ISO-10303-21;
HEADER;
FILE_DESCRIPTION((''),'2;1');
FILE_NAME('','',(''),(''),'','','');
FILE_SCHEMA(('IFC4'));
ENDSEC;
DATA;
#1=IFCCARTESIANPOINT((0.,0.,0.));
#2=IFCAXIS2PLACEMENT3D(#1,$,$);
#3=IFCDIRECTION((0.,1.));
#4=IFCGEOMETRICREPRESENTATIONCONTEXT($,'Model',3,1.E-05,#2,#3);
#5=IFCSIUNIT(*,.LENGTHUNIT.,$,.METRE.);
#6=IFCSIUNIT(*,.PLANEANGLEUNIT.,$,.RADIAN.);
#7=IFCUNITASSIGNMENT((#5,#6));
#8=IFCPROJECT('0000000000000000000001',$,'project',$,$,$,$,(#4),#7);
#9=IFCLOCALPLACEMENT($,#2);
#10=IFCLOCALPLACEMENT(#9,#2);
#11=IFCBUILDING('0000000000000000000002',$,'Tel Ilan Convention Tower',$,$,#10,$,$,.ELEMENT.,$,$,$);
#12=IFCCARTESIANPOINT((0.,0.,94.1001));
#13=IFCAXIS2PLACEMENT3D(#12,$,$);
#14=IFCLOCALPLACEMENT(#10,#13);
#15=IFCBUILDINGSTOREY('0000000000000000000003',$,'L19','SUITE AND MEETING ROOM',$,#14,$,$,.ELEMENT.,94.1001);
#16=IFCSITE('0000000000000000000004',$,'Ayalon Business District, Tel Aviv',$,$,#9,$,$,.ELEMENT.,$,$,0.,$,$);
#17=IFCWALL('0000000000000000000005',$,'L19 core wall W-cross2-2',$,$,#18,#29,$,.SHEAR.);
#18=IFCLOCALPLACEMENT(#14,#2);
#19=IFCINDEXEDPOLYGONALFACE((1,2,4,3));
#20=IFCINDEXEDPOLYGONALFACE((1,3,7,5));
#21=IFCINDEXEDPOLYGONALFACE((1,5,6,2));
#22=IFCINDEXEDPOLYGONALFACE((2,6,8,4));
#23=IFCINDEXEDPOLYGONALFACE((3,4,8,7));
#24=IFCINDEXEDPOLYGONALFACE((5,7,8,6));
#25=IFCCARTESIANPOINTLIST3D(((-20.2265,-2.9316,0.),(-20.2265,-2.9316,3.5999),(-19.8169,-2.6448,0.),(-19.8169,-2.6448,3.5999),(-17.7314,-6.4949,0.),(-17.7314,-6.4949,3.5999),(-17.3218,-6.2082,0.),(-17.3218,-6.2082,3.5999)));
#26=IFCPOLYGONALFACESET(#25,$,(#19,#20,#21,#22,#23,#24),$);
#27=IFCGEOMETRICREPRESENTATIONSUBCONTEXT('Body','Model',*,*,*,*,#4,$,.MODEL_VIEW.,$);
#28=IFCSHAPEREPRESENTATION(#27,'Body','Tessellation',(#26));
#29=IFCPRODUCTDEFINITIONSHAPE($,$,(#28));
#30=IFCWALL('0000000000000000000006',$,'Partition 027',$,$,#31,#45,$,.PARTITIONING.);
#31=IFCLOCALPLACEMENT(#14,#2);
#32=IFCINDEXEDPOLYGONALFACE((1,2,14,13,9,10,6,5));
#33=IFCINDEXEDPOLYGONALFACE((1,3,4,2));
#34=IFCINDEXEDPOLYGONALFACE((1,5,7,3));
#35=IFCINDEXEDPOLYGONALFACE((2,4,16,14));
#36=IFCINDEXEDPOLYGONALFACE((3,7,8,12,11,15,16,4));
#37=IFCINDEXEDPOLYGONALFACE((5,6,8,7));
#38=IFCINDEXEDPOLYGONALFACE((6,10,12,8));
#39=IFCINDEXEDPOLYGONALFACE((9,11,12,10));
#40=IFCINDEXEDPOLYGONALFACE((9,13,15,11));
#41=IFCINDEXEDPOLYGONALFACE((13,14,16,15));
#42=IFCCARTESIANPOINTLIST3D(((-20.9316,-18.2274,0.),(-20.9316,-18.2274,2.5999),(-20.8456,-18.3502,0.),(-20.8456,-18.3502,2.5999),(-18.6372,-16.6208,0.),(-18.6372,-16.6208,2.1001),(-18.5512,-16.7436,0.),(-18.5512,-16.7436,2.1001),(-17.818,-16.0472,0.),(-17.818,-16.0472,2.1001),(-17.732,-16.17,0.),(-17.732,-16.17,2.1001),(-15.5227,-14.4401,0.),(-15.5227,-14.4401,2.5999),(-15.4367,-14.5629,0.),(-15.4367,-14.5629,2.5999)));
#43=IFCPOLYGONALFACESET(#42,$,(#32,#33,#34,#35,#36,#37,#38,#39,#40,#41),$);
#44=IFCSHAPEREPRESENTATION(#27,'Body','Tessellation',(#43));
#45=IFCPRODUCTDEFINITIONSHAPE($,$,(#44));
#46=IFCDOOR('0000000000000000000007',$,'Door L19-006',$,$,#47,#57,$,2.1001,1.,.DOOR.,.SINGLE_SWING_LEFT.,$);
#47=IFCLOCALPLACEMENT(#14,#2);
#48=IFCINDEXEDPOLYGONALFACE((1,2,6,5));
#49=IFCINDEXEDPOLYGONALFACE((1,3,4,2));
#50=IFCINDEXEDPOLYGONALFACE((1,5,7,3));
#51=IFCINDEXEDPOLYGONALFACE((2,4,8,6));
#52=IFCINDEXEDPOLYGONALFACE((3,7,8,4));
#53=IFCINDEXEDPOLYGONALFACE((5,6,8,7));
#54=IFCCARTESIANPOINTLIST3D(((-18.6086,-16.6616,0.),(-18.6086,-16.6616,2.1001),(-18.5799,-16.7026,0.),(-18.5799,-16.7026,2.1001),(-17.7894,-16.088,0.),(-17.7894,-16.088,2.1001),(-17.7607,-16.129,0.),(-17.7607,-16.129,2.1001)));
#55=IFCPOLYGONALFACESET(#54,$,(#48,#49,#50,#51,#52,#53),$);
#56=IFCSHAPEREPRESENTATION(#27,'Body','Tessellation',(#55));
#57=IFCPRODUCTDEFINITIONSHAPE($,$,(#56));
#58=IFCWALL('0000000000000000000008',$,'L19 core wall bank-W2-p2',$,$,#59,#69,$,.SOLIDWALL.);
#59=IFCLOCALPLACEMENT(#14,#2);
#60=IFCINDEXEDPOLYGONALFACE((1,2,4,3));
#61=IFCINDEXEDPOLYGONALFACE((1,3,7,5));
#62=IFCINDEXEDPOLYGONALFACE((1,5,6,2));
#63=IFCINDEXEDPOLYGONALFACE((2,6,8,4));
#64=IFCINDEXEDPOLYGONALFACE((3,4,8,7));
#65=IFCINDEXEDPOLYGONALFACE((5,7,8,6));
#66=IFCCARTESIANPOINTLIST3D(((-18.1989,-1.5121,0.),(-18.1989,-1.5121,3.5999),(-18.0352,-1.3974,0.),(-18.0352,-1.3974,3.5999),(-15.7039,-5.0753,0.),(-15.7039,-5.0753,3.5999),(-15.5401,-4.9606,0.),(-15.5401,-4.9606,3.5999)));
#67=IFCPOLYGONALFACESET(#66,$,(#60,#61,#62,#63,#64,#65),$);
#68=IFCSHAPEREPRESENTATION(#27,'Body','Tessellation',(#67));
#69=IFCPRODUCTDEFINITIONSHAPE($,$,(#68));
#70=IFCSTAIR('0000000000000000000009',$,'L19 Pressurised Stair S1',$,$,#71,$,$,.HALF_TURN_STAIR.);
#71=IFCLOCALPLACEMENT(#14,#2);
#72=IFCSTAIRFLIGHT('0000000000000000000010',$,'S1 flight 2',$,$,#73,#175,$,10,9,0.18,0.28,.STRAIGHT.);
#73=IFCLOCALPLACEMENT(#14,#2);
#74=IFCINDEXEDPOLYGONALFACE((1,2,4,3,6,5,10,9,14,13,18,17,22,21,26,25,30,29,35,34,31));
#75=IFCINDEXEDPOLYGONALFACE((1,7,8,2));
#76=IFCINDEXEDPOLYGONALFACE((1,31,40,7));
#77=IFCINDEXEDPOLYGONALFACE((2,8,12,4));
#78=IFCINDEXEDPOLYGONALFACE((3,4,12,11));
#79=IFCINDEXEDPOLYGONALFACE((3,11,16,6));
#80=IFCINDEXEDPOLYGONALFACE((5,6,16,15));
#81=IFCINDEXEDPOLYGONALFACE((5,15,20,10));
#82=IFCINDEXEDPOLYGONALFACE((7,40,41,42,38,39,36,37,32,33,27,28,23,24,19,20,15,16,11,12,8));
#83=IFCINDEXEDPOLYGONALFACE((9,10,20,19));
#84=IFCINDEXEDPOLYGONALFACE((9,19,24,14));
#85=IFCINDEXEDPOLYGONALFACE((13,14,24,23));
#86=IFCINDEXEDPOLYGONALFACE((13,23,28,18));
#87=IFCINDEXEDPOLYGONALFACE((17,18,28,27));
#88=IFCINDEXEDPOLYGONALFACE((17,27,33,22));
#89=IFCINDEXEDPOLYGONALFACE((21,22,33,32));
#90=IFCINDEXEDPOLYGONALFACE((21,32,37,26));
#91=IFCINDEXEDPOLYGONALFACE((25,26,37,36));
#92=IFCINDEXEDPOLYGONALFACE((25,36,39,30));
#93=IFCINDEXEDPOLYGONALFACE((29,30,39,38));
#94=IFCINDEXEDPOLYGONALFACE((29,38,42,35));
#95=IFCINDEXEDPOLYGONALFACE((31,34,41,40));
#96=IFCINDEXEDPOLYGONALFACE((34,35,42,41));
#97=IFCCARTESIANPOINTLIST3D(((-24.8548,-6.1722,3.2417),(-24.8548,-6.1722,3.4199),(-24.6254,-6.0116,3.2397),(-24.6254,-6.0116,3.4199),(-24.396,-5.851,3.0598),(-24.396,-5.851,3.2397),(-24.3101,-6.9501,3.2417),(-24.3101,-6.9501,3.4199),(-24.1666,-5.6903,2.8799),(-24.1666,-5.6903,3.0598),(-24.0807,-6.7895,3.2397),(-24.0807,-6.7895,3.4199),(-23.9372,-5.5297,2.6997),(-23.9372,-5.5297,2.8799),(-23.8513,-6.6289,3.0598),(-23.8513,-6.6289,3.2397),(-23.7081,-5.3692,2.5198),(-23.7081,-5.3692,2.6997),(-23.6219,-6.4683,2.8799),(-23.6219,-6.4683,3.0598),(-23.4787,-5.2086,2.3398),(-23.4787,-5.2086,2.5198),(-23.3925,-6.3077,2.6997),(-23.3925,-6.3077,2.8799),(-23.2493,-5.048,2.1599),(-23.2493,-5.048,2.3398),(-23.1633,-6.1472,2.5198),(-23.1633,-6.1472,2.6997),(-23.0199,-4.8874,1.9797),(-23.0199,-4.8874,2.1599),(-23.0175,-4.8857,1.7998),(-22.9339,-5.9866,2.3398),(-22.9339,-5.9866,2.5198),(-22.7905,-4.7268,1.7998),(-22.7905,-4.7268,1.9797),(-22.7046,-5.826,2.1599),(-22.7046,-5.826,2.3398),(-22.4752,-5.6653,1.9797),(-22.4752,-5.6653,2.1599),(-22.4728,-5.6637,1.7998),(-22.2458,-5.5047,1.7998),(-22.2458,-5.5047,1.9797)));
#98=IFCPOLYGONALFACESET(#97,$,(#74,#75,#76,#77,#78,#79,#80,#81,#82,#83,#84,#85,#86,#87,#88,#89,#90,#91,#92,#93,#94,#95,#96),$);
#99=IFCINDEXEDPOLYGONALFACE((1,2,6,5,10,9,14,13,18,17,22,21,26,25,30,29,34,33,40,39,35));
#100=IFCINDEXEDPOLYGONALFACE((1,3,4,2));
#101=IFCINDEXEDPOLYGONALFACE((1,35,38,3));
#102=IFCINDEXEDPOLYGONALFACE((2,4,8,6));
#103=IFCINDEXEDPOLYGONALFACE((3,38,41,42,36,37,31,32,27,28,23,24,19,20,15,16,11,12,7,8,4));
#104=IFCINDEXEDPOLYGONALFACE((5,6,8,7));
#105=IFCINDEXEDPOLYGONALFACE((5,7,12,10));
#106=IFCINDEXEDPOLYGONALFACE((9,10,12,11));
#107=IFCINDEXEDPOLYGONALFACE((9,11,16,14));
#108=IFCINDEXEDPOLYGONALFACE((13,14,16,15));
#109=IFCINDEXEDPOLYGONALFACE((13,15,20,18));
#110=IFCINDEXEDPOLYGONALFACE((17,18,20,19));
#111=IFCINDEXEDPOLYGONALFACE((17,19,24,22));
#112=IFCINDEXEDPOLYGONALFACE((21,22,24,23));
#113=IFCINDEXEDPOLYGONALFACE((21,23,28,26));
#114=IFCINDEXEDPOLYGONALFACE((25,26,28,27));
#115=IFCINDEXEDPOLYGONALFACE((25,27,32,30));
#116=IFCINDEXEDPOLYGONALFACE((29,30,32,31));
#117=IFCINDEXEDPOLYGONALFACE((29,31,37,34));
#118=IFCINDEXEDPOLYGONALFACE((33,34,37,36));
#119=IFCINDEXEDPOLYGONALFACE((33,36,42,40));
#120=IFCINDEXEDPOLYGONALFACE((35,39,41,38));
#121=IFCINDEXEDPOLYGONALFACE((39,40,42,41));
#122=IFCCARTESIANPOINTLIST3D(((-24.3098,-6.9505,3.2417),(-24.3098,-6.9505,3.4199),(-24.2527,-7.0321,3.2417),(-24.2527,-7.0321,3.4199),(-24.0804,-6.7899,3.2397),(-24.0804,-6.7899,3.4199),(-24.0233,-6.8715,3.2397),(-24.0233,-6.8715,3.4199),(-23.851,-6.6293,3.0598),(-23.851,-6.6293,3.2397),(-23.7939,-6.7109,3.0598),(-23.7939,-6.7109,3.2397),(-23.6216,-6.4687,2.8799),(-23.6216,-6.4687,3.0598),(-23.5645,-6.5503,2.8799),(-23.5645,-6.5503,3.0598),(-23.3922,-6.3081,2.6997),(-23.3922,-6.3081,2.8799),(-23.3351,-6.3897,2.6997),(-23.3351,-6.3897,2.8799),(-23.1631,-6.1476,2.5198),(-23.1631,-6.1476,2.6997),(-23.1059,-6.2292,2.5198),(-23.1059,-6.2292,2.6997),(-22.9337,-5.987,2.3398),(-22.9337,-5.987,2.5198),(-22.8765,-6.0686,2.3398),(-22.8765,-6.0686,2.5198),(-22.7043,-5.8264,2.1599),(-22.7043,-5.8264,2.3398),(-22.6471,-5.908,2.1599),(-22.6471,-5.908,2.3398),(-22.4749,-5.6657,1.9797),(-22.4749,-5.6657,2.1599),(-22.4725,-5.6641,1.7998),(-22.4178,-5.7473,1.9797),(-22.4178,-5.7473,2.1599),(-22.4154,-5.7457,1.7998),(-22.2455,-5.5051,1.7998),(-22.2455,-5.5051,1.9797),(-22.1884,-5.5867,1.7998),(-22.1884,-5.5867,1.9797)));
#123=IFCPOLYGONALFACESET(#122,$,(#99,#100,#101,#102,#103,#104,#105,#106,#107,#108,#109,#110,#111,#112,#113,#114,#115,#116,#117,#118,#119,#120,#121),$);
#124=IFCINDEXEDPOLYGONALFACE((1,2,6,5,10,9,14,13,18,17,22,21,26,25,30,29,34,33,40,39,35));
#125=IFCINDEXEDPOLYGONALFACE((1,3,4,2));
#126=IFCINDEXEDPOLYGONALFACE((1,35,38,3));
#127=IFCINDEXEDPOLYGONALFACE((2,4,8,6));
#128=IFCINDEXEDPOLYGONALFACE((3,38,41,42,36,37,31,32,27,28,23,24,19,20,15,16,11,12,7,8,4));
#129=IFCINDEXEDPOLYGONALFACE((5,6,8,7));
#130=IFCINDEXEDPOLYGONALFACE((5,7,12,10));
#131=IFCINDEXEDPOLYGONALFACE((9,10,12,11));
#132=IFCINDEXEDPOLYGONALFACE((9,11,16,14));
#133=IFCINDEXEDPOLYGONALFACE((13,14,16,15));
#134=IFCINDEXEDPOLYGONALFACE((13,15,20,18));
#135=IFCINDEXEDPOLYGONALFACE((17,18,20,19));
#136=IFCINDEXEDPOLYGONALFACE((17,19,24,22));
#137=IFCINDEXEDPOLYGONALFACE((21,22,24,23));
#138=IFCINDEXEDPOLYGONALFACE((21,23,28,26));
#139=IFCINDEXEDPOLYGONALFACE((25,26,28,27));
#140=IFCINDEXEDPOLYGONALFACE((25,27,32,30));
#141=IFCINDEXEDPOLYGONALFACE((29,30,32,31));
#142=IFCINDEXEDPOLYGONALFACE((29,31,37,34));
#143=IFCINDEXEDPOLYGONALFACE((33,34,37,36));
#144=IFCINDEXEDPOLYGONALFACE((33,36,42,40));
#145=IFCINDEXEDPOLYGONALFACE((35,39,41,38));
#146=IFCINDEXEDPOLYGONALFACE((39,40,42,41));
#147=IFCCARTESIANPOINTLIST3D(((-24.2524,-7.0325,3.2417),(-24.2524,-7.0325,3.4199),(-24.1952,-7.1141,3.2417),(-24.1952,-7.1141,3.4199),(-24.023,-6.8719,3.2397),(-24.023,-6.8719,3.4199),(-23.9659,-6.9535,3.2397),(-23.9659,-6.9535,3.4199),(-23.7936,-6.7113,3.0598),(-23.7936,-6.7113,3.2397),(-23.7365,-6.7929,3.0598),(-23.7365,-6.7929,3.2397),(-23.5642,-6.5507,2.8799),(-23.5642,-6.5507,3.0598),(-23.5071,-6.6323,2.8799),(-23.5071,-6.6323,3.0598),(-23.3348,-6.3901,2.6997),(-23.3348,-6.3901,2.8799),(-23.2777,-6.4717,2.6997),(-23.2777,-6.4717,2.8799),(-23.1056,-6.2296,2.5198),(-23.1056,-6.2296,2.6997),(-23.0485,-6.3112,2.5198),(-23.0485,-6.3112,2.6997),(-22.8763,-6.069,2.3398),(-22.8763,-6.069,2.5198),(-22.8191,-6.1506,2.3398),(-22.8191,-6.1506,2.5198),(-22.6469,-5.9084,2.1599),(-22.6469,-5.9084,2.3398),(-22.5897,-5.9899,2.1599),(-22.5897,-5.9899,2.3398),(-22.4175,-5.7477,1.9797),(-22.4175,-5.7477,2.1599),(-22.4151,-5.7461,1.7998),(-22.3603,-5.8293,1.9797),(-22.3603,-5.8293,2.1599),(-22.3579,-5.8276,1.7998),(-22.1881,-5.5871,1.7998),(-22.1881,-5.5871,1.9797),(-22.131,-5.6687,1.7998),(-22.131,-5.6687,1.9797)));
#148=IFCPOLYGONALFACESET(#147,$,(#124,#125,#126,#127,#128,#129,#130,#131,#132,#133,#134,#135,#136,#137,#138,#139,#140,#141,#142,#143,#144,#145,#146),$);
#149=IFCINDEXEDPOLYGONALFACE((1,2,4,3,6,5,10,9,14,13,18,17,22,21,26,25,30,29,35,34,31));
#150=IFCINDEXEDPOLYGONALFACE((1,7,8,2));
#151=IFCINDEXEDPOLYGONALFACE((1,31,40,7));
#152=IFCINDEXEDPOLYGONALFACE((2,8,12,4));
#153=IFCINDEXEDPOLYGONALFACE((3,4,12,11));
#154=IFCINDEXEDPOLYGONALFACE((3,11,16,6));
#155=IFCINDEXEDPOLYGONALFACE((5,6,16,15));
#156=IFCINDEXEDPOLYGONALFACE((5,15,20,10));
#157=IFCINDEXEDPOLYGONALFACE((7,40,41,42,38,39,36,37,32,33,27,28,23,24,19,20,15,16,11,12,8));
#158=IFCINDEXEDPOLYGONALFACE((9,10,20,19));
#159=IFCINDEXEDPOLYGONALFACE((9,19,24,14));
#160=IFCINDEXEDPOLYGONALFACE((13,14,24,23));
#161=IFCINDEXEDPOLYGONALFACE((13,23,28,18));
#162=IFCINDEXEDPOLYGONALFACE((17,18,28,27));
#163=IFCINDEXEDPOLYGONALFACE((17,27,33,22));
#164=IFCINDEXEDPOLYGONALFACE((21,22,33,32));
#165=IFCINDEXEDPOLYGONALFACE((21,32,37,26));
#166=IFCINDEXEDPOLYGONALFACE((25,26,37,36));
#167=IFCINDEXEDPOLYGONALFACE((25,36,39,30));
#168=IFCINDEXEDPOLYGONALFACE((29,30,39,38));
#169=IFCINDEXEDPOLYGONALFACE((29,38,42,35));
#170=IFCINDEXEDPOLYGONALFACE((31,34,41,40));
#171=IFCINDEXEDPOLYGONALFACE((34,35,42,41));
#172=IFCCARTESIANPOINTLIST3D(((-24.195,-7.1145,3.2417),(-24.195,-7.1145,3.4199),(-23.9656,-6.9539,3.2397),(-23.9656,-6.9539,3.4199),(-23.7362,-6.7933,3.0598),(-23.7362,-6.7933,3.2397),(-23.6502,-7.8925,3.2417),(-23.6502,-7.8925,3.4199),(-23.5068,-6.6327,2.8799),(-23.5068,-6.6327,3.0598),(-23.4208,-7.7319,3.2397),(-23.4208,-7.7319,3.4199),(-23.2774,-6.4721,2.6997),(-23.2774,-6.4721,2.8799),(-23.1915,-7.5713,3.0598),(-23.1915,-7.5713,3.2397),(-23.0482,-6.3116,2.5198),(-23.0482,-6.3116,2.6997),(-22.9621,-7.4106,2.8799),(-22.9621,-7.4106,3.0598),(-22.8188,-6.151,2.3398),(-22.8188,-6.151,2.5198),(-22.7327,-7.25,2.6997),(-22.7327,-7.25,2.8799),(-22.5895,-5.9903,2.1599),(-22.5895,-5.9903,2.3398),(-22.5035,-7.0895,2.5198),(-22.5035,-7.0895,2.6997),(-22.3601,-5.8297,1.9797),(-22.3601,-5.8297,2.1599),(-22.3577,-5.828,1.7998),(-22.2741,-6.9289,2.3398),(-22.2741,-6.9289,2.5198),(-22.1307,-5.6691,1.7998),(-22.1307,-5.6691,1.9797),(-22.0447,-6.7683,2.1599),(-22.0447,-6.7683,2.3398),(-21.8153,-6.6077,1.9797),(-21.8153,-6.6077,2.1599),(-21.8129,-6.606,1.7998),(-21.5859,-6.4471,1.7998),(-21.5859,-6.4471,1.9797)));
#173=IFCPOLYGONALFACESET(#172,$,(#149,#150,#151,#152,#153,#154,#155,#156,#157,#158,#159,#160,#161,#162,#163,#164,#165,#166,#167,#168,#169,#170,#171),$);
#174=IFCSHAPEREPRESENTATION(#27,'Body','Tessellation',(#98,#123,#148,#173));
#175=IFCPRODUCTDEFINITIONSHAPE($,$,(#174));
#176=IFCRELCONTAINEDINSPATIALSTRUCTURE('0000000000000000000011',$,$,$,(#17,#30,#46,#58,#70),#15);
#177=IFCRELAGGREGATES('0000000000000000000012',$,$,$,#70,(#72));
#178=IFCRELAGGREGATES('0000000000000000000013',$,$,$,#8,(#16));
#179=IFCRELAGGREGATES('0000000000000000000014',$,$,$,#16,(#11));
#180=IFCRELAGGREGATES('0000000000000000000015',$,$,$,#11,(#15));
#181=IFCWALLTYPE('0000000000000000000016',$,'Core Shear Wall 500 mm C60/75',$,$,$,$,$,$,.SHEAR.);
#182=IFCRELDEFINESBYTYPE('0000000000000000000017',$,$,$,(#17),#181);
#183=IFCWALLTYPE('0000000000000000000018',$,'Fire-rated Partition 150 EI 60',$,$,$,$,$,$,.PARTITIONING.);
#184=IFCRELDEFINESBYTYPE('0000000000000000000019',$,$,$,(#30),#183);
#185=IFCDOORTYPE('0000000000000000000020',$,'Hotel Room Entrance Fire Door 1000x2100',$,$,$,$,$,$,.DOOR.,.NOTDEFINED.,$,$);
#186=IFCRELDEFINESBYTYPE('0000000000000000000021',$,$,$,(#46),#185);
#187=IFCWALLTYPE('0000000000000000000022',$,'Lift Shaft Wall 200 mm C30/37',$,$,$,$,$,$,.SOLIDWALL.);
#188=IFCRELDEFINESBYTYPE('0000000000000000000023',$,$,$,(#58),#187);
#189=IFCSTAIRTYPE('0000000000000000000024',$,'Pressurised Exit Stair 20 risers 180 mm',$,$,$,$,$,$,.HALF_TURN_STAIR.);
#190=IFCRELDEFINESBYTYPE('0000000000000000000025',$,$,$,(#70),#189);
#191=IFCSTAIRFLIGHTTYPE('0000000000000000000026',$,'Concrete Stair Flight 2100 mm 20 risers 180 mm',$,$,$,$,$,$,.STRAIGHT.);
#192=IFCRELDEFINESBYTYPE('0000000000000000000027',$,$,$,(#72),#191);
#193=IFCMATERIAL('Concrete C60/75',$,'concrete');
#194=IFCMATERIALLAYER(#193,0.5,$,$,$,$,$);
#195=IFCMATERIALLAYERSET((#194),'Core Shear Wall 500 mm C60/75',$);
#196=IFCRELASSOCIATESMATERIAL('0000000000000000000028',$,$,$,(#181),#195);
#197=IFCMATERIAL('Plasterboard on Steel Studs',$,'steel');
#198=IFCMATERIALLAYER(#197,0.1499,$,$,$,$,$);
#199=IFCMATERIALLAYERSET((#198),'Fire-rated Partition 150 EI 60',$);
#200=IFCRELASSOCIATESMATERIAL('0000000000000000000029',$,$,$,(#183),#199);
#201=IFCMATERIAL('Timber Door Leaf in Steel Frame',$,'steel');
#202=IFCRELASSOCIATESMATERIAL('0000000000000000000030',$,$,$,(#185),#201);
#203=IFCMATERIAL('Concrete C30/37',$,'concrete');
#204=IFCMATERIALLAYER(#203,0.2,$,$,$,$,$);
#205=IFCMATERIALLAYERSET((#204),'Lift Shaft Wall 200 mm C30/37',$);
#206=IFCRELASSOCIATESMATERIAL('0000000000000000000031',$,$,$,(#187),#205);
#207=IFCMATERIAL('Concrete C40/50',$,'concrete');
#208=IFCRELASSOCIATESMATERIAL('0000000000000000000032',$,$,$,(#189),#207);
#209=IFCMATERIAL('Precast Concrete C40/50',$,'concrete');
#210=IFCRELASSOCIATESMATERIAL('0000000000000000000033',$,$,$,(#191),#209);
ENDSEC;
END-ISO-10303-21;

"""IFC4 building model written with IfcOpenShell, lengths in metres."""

from ifc_helpers import new_model, si_unit, direction, frame, frame_2d, origin, place, context, subcontext, project, spatial, polyline, rectangle, outline, extrude, material, layer, layer_set, type_object, element, fill, aggregate, save


model = new_model("IFC4")

# Units and contexts
model_context = context("Model", 3, precision=1e-05, world=origin(), true_north=direction((0.0, 1.0)))
body_context = subcontext(model_context, "Body", "Model", "MODEL_VIEW")
ifc_project = project(units=[si_unit("LENGTHUNIT", "METRE"), si_unit("PLANEANGLEUNIT", "RADIAN")], contexts=[model_context])

# Site, building, storey
site_placement = place(None, origin())
site = spatial("IfcSite", under=ifc_project, at=site_placement, Name="Ayalon Business District, Tel Aviv", CompositionType="ELEMENT", RefElevation=0.0)
building_placement = place(site_placement, origin())
building = spatial("IfcBuilding", under=site, at=building_placement, Name="Tel Ilan Convention Tower", CompositionType="ELEMENT")
storey_placement = place(building_placement, frame((0.0, 0.0, 94.1001)))
storey = spatial("IfcBuildingStorey", under=building, at=storey_placement, Name="L19", Description="SUITE AND MEETING ROOM", CompositionType="ELEMENT", Elevation=94.1001)

# Wall
ifc_material_1 = material(Name="Concrete C60/75", Category="concrete")
ifc_layer_1 = layer(ifc_material_1, 0.5)
ifc_layer_set_1 = layer_set([ifc_layer_1], Name="Core Shear Wall 500 mm C60/75")
wall_type_1 = type_object("IfcWallType", Name="Core Shear Wall 500 mm C60/75", PredefinedType="SHEAR", material=ifc_layer_set_1)
wall_1_placement = place(storey_placement, frame((-17.5266, -6.3516, 0.0), z_axis=(0.0, 0.0, 1.0), x_axis=(-0.57353, 0.819184, 0.0)))
element("IfcWall", 1, at=wall_1_placement, inside=storey, type_object=wall_type_1, Name="L19 core wall W-cross2-2", PredefinedType="SHEAR", context=body_context, shape_type="SweptSolid", body=[
    extrude(outline(polyline([(4.3501, -0.2498), (4.3501, 0.2502), (0.0, 0.25), (0.0, -0.25), (4.3501, -0.2498)])), origin(), (0.0, 0.0, 1.0), 3.5999),
])

# Wall, opening, door
ifc_material_2 = material(Name="Plasterboard on Steel Studs", Category="steel")
ifc_layer_2 = layer(ifc_material_2, 0.1499)
ifc_layer_set_2 = layer_set([ifc_layer_2], Name="Fire-rated Partition 150 EI 60")
wall_type_2 = type_object("IfcWallType", Name="Fire-rated Partition 150 EI 60", PredefinedType="PARTITIONING", material=ifc_layer_set_2)
wall_2_placement = place(storey_placement, frame((-15.4797, -14.5015, 0.0), z_axis=(0.0, 0.0, 1.0), x_axis=(-0.819154, -0.573574, 0.0)))
wall_2 = element("IfcWall", 2, at=wall_2_placement, inside=storey, type_object=wall_type_2, Name="Partition 027", PredefinedType="PARTITIONING", context=body_context, shape_type="SweptSolid", body=[
    extrude(rectangle(XDim=6.603, YDim=0.1499, at=frame_2d((3.3015, 0.0))), origin(), (0.0, 0.0, 1.0), 2.5999),
])
opening_1_placement = place(wall_2_placement, frame((2.802, 0.0, 0.0)))
opening_1 = element("IfcOpeningElement", 3, at=opening_1_placement, cuts=wall_2, PredefinedType="OPENING", context=body_context, shape_type="SweptSolid", body=[
    extrude(rectangle(XDim=1.0, YDim=2.1001, at=frame_2d((0.5, 1.05))), frame((0.0, 0.085, 0.0), z_axis=(0.0, -1.0, 0.0), x_axis=(1.0, 0.0, 0.0)), (0.0, 0.0, 1.0), 0.1699),
])
ifc_material_3 = material(Name="Timber Door Leaf in Steel Frame", Category="steel")
door_type_1 = type_object("IfcDoorType", Name="Hotel Room Entrance Fire Door 1000x2100", OperationType="NOTDEFINED", PredefinedType="DOOR", material=ifc_material_3)
door_1_placement = place(opening_1_placement, origin())
door_1 = element("IfcDoor", 4, at=door_1_placement, inside=storey, type_object=door_type_1, Name="Door L19-006", OperationType="SINGLE_SWING_LEFT", OverallHeight=2.1001, OverallWidth=1.0, PredefinedType="DOOR", context=body_context, shape_type="SweptSolid", body=[
    extrude(rectangle(XDim=1.0, YDim=2.1001, at=frame_2d((0.5, 1.05))), frame((0.0, 0.0249, 0.0), z_axis=(0.0, -1.0, 0.0), x_axis=(1.0, 0.0, 0.0)), (0.0, 0.0, 1.0), 0.05),
])
fill(opening_1, door_1)

# Wall
ifc_material_4 = material(Name="Concrete C30/37", Category="concrete")
ifc_layer_3 = layer(ifc_material_4, 0.2)
ifc_layer_set_3 = layer_set([ifc_layer_3], Name="Lift Shaft Wall 200 mm C30/37")
wall_type_3 = type_object("IfcWallType", Name="Lift Shaft Wall 200 mm C30/37", PredefinedType="SOLIDWALL", material=ifc_layer_set_3)
wall_3_placement = place(storey_placement, frame((-15.6221, -5.0178, 0.0), z_axis=(0.0, 0.0, 1.0), x_axis=(-0.573594, 0.81914, 0.0)))
element("IfcWall", 5, at=wall_3_placement, inside=storey, type_object=wall_type_3, Name="L19 core wall bank-W2-p2", PredefinedType="SOLIDWALL", context=body_context, shape_type="SweptSolid", body=[
    extrude(rectangle(XDim=4.3499, YDim=0.2, at=frame_2d((2.1748, 0.0))), origin(), (0.0, 0.0, 1.0), 3.5999),
])

# Stair, stair flight
ifc_material_5 = material(Name="Concrete C40/50", Category="concrete")
stair_type = type_object("IfcStairType", Name="Pressurised Exit Stair 20 risers 180 mm", PredefinedType="HALF_TURN_STAIR", material=ifc_material_5)
stair_1_placement = place(storey_placement, origin())
stair_1 = element("IfcStair", 6, at=stair_1_placement, inside=storey, type_object=stair_type, Name="L19 Pressurised Stair S1", PredefinedType="HALF_TURN_STAIR")
ifc_material_6 = material(Name="Precast Concrete C40/50", Category="concrete")
stair_flight_type = type_object("IfcStairFlightType", Name="Concrete Stair Flight 2100 mm 20 risers 180 mm", PredefinedType="STRAIGHT", material=ifc_material_6)
stair_flight_1_placement = place(storey_placement, frame((-22.1882, -5.5869, 1.7998), z_axis=(0.0, 0.0, 1.0), x_axis=(-0.819152, -0.573576, 0.0)))
stair_flight_1 = element("IfcStairFlight", 7, at=stair_flight_1_placement, type_object=stair_flight_type, Name="S1 flight 2", NumberOfRisers=10, NumberOfTreads=9, PredefinedType="STRAIGHT", RiserHeight=0.18, TreadLength=0.28, context=body_context, shape_type="SweptSolid", body=[
    extrude(outline(polyline([(0.0, 0.0), (0.0, 0.1799), (0.28, 0.1799), (0.28, 0.3601), (0.5601, 0.3601), (0.5601, 0.54), (0.8401, 0.54), (0.8401, 0.72), (1.1201, 0.72), (1.1201, 0.8999), (1.3999, 0.8999), (1.3999, 1.0801), (1.6799, 1.0801), (1.6799, 1.26), (1.96, 1.26), (1.96, 1.4399), (2.24, 1.4399), (2.24, 1.6201), (2.52, 1.6201), (2.52, 1.8), (2.52, 1.4419), (0.2771, 0.0), (0.0, 0.0)])), frame((0.0, -0.1003, 0.0), z_axis=(0.0, -1.0, 0.0), x_axis=(1.0, 0.0, 0.0)), (0.0, 0.0, 1.0), 0.9497),
    extrude(outline(polyline([(0.0, 0.0), (0.0, 0.1799), (0.28, 0.1799), (0.28, 0.3601), (0.5601, 0.3601), (0.5601, 0.54), (0.8401, 0.54), (0.8401, 0.72), (1.1201, 0.72), (1.1201, 0.8999), (1.3999, 0.8999), (1.3999, 1.0801), (1.6799, 1.0801), (1.6799, 1.26), (1.96, 1.26), (1.96, 1.4399), (2.24, 1.4399), (2.24, 1.6201), (2.52, 1.6201), (2.52, 1.8), (2.52, 1.4419), (0.2771, 0.0), (0.0, 0.0)])), frame((0.0, -0.0002, 0.0), z_axis=(0.0, -1.0, 0.0), x_axis=(1.0, 0.0, 0.0)), (0.0, 0.0, 1.0), 0.0996),
    extrude(outline(polyline([(0.0, 0.0), (0.0, 0.1799), (0.28, 0.1799), (0.28, 0.3601), (0.5601, 0.3601), (0.5601, 0.54), (0.8401, 0.54), (0.8401, 0.72), (1.1201, 0.72), (1.1201, 0.8999), (1.3999, 0.8999), (1.3999, 1.0801), (1.6799, 1.0801), (1.6799, 1.26), (1.96, 1.26), (1.96, 1.4399), (2.24, 1.4399), (2.24, 1.6201), (2.52, 1.6201), (2.52, 1.8), (2.52, 1.4419), (0.2771, 0.0), (0.0, 0.0)])), frame((0.0, 0.0999, 0.0), z_axis=(0.0, -1.0, 0.0), x_axis=(1.0, 0.0, 0.0)), (0.0, 0.0, 1.0), 0.0996),
    extrude(outline(polyline([(0.0, 0.0), (0.0, 0.1799), (0.28, 0.1799), (0.28, 0.3601), (0.5601, 0.3601), (0.5601, 0.54), (0.8401, 0.54), (0.8401, 0.72), (1.1201, 0.72), (1.1201, 0.8999), (1.3999, 0.8999), (1.3999, 1.0801), (1.6799, 1.0801), (1.6799, 1.26), (1.96, 1.26), (1.96, 1.4399), (2.24, 1.4399), (2.24, 1.6201), (2.52, 1.6201), (2.52, 1.8), (2.52, 1.4419), (0.2771, 0.0), (0.0, 0.0)])), frame((0.0, 1.05, 0.0), z_axis=(0.0, -1.0, 0.0), x_axis=(1.0, 0.0, 0.0)), (0.0, 0.0, 1.0), 0.9497),
])
aggregate(stair_1, [stair_flight_1])

save(model, "model.ifc")
